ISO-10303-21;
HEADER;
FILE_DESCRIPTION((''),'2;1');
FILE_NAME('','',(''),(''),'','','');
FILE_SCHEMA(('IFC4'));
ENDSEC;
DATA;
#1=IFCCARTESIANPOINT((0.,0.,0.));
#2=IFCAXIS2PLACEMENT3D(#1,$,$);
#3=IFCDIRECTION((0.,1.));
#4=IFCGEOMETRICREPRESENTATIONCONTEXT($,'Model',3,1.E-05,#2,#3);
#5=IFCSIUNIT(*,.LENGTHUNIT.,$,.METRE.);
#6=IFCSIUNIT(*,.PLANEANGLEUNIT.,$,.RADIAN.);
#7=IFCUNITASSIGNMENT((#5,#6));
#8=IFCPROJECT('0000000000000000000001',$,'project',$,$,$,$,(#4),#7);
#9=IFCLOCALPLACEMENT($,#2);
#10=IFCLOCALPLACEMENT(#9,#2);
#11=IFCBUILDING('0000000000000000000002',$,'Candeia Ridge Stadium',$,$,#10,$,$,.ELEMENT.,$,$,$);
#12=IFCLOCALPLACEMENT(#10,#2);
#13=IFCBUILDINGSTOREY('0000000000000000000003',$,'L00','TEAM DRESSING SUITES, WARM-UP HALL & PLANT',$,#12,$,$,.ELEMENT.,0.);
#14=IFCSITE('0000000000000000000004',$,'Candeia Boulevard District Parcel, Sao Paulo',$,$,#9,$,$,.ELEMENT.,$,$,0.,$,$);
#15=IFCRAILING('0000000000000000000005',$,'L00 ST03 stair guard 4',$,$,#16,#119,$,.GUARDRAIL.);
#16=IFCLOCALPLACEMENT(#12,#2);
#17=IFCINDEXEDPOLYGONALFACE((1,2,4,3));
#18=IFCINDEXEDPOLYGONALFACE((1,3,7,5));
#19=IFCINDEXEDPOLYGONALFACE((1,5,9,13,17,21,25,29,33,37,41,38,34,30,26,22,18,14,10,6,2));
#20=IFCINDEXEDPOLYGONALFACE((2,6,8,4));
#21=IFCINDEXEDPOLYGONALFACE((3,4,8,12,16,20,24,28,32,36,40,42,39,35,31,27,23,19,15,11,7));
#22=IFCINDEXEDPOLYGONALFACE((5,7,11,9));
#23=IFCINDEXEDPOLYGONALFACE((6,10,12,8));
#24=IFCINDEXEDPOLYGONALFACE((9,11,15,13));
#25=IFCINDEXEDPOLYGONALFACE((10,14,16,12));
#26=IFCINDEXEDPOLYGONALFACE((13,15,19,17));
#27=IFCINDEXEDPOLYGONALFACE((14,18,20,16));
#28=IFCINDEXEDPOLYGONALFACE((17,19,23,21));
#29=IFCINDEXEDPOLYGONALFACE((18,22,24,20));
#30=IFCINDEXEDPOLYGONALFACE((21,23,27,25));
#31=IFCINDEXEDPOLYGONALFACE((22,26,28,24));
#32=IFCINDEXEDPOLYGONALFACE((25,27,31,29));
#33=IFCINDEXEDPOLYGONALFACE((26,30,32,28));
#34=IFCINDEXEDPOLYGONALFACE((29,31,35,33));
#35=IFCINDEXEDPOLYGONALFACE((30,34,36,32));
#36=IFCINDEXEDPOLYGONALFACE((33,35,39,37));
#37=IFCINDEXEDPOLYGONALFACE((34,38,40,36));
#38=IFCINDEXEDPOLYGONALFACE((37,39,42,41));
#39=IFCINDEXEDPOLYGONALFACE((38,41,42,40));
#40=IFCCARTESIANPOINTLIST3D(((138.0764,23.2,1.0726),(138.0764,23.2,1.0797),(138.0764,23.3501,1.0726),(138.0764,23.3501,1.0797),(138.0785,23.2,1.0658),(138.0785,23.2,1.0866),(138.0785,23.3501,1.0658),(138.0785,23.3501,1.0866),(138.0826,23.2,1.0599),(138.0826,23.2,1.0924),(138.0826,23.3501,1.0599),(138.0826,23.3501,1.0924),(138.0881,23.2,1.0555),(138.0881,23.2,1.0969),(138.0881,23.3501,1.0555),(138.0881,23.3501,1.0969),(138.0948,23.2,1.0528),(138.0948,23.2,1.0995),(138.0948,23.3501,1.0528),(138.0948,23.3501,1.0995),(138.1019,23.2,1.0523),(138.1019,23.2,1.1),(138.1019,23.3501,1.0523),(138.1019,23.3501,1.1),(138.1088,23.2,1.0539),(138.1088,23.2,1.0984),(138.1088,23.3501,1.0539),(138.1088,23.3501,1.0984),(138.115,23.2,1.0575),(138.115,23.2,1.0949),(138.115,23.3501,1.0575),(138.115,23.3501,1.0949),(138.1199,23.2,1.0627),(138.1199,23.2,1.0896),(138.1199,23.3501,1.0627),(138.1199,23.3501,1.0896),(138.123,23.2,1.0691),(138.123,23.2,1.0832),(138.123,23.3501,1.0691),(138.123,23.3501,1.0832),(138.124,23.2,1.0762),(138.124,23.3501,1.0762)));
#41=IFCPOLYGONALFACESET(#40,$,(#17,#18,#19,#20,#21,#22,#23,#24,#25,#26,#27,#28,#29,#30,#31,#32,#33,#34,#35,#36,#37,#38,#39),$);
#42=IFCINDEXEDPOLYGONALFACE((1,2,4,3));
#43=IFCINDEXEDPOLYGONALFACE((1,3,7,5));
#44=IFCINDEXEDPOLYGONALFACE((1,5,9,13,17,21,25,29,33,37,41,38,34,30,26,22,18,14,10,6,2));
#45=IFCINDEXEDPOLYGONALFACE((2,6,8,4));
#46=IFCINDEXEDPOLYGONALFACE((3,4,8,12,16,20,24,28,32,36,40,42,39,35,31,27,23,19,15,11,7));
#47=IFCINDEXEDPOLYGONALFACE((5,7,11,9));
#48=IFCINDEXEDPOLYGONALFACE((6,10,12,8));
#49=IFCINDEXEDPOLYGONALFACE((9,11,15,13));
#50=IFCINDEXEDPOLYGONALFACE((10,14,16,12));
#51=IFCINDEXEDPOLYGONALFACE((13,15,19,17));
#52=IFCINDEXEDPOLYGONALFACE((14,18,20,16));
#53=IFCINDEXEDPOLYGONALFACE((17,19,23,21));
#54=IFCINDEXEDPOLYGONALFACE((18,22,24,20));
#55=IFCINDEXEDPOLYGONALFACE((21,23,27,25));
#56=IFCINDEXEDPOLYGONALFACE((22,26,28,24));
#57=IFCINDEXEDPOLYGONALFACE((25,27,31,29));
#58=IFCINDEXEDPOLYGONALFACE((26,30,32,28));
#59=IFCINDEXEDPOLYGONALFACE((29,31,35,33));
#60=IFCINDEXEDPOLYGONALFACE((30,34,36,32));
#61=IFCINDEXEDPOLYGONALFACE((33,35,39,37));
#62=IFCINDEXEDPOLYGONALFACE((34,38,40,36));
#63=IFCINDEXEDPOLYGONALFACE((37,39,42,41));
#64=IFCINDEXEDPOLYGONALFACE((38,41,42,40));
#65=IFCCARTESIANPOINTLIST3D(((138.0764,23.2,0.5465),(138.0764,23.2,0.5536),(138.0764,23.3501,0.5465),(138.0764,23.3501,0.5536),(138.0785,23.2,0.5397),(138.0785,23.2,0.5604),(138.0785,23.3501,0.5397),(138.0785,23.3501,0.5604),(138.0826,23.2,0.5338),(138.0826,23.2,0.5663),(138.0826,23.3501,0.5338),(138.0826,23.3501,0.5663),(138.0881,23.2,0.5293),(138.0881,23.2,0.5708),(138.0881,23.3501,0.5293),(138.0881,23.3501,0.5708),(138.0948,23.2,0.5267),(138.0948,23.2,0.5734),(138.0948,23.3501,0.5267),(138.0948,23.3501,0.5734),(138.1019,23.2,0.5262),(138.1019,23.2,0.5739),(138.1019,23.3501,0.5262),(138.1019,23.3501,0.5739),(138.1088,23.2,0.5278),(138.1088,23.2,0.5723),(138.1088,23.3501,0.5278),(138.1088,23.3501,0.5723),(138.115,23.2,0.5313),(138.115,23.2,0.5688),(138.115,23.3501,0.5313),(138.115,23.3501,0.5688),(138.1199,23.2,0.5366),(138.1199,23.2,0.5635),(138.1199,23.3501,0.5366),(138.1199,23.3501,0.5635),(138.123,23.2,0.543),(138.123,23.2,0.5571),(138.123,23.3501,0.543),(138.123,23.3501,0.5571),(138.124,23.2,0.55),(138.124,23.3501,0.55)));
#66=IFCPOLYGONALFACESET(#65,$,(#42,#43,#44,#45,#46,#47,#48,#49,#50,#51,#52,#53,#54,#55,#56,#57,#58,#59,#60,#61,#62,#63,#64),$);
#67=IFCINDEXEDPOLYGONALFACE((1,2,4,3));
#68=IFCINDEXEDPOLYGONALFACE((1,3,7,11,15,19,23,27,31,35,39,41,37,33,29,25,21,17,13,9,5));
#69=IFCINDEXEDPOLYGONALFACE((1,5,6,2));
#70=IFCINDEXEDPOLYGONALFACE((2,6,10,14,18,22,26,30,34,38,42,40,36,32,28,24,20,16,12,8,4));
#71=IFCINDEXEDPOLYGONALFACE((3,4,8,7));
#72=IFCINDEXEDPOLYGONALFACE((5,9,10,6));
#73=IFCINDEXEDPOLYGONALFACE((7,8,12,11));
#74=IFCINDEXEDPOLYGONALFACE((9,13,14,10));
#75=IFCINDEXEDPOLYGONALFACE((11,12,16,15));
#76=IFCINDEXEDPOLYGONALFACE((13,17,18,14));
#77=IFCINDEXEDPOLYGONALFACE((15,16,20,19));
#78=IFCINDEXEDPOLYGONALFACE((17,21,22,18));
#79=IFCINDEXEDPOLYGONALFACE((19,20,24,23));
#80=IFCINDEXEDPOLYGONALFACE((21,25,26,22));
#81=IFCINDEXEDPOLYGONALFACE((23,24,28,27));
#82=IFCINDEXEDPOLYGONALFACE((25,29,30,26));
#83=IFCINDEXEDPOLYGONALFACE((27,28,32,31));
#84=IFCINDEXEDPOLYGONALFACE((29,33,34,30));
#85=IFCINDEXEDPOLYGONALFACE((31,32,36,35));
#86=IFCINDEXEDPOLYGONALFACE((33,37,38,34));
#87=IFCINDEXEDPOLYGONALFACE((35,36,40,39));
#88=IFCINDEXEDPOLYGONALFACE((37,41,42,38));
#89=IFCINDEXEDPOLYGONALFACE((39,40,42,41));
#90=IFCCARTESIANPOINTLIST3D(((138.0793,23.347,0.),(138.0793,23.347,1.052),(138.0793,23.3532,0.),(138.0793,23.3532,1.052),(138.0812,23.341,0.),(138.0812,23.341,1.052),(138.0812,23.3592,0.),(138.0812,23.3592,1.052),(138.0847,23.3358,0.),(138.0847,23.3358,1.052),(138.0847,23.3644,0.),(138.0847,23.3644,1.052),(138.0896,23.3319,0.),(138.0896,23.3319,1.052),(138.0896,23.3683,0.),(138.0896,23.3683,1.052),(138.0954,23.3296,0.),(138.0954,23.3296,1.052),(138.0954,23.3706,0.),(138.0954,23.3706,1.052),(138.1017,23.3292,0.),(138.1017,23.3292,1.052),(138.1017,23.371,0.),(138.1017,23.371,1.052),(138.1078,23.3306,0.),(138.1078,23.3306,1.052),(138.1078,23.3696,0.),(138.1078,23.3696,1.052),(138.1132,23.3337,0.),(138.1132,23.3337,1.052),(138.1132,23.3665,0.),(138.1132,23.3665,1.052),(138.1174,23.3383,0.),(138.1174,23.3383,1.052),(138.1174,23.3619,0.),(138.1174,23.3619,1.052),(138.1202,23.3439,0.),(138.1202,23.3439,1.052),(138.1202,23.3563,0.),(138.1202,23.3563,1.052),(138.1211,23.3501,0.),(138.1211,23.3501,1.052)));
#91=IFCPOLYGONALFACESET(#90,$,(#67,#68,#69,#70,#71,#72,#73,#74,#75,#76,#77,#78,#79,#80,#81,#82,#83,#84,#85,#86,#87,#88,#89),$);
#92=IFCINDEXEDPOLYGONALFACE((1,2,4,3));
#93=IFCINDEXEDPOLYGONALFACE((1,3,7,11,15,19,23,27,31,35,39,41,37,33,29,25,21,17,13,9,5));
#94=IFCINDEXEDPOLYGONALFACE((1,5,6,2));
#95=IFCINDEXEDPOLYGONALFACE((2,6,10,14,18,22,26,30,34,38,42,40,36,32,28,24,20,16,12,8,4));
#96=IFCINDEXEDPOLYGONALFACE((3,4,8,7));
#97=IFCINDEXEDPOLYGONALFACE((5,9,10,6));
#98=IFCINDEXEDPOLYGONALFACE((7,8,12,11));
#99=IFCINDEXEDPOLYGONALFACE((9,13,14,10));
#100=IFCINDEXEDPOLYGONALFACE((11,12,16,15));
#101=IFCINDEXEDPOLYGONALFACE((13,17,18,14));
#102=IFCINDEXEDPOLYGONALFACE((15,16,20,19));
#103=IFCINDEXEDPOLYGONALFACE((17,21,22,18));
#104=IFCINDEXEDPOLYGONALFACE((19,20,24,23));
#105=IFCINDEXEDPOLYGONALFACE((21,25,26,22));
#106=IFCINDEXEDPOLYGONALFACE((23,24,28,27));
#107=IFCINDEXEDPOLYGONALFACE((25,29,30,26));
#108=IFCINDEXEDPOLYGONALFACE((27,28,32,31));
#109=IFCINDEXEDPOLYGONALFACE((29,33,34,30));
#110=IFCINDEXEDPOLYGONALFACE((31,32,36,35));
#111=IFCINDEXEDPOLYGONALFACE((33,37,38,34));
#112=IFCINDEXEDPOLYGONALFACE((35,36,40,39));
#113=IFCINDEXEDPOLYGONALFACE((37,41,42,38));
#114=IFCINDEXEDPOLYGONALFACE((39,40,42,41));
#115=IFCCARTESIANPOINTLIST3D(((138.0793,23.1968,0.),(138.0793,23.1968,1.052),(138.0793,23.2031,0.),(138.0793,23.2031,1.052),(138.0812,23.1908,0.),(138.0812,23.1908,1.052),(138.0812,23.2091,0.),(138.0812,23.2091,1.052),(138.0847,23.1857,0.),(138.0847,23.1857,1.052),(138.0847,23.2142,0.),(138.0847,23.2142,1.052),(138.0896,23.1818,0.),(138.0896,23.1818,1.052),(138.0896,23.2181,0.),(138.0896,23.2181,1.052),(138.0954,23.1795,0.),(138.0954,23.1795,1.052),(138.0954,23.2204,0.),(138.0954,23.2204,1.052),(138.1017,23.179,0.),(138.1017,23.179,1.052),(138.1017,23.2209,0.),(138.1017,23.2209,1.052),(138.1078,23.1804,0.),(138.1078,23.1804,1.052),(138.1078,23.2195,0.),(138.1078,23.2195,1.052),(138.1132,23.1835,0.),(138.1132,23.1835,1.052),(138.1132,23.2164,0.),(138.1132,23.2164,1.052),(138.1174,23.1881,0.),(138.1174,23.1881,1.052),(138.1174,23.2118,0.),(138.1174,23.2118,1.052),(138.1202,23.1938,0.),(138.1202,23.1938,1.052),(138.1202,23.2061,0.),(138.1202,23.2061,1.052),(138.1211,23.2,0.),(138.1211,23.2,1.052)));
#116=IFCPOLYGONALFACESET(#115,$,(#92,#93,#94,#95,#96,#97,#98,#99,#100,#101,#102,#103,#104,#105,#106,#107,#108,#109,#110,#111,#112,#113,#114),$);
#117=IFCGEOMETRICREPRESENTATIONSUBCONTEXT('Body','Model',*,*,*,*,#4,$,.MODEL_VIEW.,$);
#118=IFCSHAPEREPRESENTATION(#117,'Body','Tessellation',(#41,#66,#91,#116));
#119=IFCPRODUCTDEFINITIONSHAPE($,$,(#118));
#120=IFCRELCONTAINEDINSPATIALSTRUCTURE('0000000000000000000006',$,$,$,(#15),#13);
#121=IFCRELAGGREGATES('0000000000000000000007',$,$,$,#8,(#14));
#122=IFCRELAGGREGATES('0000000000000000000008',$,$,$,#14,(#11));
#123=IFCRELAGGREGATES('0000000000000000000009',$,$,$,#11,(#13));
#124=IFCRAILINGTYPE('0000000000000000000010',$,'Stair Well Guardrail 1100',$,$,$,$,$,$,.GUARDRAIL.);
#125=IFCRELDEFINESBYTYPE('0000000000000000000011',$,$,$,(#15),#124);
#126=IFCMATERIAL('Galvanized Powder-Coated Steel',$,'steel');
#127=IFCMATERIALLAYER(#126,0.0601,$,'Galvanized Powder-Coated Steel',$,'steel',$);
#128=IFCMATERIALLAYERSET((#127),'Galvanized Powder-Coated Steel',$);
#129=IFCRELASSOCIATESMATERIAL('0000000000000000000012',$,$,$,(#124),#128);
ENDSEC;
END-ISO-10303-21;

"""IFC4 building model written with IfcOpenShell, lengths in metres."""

from ifc_helpers import new_model, si_unit, direction, frame, origin, origin_2d, place, context, subcontext, project, spatial, circle, extrude, material, layer, layer_set, type_object, element, save


model = new_model("IFC4")

# Units and contexts
model_context = context("Model", 3, precision=1e-05, world=origin(), true_north=direction((0.0, 1.0)))
body_context = subcontext(model_context, "Body", "Model", "MODEL_VIEW")
ifc_project = project(units=[si_unit("LENGTHUNIT", "METRE"), si_unit("PLANEANGLEUNIT", "RADIAN")], contexts=[model_context])

# Site, building, storey
site_placement = place(None, origin())
site = spatial("IfcSite", under=ifc_project, at=site_placement, Name="Candeia Boulevard District Parcel, Sao Paulo", CompositionType="ELEMENT", RefElevation=0.0)
building_placement = place(site_placement, origin())
building = spatial("IfcBuilding", under=site, at=building_placement, Name="Candeia Ridge Stadium", CompositionType="ELEMENT")
storey_placement = place(building_placement, origin())
storey = spatial("IfcBuildingStorey", under=building, at=storey_placement, Name="L00", Description="TEAM DRESSING SUITES, WARM-UP HALL & PLANT", CompositionType="ELEMENT", Elevation=0.0)

# Railing
ifc_material_1 = material(Name="Galvanized Powder-Coated Steel", Category="steel")
ifc_layer_1 = layer(ifc_material_1, 0.0601, Name="Galvanized Powder-Coated Steel", Category="steel")
ifc_layer_set_1 = layer_set([ifc_layer_1], Name="Galvanized Powder-Coated Steel")
railing_type_1 = type_object("IfcRailingType", Name="Stair Well Guardrail 1100", PredefinedType="GUARDRAIL", material=ifc_layer_set_1)
railing_1_placement = place(storey_placement, frame((138.1001, 23.3501, 0.0)))
element("IfcRailing", 1, at=railing_1_placement, inside=storey, type_object=railing_type_1, Name="L00 ST03 stair guard 4", PredefinedType="GUARDRAIL", context=body_context, shape_type="SweptSolid", body=[
    extrude(circle(Radius=0.0239, at=origin_2d()), frame((0.0, 0.0, 1.0762), z_axis=(0.0, -1.0, 0.0), x_axis=(1.0, 0.0, 0.0)), (0.0, 0.0, 1.0), 0.1501),
    extrude(circle(Radius=0.0239, at=origin_2d()), frame((0.0, 0.0, 0.55), z_axis=(0.0, -1.0, 0.0), x_axis=(1.0, 0.0, 0.0)), (0.0, 0.0, 1.0), 0.1501),
    extrude(circle(Radius=0.021, at=origin_2d()), origin(), (0.0, 0.0, 1.0), 1.052),
    extrude(circle(Radius=0.021, at=origin_2d()), frame((0.0, -0.1501, 0.0)), (0.0, 0.0, 1.0), 1.052),
])

save(model, "model.ifc")
